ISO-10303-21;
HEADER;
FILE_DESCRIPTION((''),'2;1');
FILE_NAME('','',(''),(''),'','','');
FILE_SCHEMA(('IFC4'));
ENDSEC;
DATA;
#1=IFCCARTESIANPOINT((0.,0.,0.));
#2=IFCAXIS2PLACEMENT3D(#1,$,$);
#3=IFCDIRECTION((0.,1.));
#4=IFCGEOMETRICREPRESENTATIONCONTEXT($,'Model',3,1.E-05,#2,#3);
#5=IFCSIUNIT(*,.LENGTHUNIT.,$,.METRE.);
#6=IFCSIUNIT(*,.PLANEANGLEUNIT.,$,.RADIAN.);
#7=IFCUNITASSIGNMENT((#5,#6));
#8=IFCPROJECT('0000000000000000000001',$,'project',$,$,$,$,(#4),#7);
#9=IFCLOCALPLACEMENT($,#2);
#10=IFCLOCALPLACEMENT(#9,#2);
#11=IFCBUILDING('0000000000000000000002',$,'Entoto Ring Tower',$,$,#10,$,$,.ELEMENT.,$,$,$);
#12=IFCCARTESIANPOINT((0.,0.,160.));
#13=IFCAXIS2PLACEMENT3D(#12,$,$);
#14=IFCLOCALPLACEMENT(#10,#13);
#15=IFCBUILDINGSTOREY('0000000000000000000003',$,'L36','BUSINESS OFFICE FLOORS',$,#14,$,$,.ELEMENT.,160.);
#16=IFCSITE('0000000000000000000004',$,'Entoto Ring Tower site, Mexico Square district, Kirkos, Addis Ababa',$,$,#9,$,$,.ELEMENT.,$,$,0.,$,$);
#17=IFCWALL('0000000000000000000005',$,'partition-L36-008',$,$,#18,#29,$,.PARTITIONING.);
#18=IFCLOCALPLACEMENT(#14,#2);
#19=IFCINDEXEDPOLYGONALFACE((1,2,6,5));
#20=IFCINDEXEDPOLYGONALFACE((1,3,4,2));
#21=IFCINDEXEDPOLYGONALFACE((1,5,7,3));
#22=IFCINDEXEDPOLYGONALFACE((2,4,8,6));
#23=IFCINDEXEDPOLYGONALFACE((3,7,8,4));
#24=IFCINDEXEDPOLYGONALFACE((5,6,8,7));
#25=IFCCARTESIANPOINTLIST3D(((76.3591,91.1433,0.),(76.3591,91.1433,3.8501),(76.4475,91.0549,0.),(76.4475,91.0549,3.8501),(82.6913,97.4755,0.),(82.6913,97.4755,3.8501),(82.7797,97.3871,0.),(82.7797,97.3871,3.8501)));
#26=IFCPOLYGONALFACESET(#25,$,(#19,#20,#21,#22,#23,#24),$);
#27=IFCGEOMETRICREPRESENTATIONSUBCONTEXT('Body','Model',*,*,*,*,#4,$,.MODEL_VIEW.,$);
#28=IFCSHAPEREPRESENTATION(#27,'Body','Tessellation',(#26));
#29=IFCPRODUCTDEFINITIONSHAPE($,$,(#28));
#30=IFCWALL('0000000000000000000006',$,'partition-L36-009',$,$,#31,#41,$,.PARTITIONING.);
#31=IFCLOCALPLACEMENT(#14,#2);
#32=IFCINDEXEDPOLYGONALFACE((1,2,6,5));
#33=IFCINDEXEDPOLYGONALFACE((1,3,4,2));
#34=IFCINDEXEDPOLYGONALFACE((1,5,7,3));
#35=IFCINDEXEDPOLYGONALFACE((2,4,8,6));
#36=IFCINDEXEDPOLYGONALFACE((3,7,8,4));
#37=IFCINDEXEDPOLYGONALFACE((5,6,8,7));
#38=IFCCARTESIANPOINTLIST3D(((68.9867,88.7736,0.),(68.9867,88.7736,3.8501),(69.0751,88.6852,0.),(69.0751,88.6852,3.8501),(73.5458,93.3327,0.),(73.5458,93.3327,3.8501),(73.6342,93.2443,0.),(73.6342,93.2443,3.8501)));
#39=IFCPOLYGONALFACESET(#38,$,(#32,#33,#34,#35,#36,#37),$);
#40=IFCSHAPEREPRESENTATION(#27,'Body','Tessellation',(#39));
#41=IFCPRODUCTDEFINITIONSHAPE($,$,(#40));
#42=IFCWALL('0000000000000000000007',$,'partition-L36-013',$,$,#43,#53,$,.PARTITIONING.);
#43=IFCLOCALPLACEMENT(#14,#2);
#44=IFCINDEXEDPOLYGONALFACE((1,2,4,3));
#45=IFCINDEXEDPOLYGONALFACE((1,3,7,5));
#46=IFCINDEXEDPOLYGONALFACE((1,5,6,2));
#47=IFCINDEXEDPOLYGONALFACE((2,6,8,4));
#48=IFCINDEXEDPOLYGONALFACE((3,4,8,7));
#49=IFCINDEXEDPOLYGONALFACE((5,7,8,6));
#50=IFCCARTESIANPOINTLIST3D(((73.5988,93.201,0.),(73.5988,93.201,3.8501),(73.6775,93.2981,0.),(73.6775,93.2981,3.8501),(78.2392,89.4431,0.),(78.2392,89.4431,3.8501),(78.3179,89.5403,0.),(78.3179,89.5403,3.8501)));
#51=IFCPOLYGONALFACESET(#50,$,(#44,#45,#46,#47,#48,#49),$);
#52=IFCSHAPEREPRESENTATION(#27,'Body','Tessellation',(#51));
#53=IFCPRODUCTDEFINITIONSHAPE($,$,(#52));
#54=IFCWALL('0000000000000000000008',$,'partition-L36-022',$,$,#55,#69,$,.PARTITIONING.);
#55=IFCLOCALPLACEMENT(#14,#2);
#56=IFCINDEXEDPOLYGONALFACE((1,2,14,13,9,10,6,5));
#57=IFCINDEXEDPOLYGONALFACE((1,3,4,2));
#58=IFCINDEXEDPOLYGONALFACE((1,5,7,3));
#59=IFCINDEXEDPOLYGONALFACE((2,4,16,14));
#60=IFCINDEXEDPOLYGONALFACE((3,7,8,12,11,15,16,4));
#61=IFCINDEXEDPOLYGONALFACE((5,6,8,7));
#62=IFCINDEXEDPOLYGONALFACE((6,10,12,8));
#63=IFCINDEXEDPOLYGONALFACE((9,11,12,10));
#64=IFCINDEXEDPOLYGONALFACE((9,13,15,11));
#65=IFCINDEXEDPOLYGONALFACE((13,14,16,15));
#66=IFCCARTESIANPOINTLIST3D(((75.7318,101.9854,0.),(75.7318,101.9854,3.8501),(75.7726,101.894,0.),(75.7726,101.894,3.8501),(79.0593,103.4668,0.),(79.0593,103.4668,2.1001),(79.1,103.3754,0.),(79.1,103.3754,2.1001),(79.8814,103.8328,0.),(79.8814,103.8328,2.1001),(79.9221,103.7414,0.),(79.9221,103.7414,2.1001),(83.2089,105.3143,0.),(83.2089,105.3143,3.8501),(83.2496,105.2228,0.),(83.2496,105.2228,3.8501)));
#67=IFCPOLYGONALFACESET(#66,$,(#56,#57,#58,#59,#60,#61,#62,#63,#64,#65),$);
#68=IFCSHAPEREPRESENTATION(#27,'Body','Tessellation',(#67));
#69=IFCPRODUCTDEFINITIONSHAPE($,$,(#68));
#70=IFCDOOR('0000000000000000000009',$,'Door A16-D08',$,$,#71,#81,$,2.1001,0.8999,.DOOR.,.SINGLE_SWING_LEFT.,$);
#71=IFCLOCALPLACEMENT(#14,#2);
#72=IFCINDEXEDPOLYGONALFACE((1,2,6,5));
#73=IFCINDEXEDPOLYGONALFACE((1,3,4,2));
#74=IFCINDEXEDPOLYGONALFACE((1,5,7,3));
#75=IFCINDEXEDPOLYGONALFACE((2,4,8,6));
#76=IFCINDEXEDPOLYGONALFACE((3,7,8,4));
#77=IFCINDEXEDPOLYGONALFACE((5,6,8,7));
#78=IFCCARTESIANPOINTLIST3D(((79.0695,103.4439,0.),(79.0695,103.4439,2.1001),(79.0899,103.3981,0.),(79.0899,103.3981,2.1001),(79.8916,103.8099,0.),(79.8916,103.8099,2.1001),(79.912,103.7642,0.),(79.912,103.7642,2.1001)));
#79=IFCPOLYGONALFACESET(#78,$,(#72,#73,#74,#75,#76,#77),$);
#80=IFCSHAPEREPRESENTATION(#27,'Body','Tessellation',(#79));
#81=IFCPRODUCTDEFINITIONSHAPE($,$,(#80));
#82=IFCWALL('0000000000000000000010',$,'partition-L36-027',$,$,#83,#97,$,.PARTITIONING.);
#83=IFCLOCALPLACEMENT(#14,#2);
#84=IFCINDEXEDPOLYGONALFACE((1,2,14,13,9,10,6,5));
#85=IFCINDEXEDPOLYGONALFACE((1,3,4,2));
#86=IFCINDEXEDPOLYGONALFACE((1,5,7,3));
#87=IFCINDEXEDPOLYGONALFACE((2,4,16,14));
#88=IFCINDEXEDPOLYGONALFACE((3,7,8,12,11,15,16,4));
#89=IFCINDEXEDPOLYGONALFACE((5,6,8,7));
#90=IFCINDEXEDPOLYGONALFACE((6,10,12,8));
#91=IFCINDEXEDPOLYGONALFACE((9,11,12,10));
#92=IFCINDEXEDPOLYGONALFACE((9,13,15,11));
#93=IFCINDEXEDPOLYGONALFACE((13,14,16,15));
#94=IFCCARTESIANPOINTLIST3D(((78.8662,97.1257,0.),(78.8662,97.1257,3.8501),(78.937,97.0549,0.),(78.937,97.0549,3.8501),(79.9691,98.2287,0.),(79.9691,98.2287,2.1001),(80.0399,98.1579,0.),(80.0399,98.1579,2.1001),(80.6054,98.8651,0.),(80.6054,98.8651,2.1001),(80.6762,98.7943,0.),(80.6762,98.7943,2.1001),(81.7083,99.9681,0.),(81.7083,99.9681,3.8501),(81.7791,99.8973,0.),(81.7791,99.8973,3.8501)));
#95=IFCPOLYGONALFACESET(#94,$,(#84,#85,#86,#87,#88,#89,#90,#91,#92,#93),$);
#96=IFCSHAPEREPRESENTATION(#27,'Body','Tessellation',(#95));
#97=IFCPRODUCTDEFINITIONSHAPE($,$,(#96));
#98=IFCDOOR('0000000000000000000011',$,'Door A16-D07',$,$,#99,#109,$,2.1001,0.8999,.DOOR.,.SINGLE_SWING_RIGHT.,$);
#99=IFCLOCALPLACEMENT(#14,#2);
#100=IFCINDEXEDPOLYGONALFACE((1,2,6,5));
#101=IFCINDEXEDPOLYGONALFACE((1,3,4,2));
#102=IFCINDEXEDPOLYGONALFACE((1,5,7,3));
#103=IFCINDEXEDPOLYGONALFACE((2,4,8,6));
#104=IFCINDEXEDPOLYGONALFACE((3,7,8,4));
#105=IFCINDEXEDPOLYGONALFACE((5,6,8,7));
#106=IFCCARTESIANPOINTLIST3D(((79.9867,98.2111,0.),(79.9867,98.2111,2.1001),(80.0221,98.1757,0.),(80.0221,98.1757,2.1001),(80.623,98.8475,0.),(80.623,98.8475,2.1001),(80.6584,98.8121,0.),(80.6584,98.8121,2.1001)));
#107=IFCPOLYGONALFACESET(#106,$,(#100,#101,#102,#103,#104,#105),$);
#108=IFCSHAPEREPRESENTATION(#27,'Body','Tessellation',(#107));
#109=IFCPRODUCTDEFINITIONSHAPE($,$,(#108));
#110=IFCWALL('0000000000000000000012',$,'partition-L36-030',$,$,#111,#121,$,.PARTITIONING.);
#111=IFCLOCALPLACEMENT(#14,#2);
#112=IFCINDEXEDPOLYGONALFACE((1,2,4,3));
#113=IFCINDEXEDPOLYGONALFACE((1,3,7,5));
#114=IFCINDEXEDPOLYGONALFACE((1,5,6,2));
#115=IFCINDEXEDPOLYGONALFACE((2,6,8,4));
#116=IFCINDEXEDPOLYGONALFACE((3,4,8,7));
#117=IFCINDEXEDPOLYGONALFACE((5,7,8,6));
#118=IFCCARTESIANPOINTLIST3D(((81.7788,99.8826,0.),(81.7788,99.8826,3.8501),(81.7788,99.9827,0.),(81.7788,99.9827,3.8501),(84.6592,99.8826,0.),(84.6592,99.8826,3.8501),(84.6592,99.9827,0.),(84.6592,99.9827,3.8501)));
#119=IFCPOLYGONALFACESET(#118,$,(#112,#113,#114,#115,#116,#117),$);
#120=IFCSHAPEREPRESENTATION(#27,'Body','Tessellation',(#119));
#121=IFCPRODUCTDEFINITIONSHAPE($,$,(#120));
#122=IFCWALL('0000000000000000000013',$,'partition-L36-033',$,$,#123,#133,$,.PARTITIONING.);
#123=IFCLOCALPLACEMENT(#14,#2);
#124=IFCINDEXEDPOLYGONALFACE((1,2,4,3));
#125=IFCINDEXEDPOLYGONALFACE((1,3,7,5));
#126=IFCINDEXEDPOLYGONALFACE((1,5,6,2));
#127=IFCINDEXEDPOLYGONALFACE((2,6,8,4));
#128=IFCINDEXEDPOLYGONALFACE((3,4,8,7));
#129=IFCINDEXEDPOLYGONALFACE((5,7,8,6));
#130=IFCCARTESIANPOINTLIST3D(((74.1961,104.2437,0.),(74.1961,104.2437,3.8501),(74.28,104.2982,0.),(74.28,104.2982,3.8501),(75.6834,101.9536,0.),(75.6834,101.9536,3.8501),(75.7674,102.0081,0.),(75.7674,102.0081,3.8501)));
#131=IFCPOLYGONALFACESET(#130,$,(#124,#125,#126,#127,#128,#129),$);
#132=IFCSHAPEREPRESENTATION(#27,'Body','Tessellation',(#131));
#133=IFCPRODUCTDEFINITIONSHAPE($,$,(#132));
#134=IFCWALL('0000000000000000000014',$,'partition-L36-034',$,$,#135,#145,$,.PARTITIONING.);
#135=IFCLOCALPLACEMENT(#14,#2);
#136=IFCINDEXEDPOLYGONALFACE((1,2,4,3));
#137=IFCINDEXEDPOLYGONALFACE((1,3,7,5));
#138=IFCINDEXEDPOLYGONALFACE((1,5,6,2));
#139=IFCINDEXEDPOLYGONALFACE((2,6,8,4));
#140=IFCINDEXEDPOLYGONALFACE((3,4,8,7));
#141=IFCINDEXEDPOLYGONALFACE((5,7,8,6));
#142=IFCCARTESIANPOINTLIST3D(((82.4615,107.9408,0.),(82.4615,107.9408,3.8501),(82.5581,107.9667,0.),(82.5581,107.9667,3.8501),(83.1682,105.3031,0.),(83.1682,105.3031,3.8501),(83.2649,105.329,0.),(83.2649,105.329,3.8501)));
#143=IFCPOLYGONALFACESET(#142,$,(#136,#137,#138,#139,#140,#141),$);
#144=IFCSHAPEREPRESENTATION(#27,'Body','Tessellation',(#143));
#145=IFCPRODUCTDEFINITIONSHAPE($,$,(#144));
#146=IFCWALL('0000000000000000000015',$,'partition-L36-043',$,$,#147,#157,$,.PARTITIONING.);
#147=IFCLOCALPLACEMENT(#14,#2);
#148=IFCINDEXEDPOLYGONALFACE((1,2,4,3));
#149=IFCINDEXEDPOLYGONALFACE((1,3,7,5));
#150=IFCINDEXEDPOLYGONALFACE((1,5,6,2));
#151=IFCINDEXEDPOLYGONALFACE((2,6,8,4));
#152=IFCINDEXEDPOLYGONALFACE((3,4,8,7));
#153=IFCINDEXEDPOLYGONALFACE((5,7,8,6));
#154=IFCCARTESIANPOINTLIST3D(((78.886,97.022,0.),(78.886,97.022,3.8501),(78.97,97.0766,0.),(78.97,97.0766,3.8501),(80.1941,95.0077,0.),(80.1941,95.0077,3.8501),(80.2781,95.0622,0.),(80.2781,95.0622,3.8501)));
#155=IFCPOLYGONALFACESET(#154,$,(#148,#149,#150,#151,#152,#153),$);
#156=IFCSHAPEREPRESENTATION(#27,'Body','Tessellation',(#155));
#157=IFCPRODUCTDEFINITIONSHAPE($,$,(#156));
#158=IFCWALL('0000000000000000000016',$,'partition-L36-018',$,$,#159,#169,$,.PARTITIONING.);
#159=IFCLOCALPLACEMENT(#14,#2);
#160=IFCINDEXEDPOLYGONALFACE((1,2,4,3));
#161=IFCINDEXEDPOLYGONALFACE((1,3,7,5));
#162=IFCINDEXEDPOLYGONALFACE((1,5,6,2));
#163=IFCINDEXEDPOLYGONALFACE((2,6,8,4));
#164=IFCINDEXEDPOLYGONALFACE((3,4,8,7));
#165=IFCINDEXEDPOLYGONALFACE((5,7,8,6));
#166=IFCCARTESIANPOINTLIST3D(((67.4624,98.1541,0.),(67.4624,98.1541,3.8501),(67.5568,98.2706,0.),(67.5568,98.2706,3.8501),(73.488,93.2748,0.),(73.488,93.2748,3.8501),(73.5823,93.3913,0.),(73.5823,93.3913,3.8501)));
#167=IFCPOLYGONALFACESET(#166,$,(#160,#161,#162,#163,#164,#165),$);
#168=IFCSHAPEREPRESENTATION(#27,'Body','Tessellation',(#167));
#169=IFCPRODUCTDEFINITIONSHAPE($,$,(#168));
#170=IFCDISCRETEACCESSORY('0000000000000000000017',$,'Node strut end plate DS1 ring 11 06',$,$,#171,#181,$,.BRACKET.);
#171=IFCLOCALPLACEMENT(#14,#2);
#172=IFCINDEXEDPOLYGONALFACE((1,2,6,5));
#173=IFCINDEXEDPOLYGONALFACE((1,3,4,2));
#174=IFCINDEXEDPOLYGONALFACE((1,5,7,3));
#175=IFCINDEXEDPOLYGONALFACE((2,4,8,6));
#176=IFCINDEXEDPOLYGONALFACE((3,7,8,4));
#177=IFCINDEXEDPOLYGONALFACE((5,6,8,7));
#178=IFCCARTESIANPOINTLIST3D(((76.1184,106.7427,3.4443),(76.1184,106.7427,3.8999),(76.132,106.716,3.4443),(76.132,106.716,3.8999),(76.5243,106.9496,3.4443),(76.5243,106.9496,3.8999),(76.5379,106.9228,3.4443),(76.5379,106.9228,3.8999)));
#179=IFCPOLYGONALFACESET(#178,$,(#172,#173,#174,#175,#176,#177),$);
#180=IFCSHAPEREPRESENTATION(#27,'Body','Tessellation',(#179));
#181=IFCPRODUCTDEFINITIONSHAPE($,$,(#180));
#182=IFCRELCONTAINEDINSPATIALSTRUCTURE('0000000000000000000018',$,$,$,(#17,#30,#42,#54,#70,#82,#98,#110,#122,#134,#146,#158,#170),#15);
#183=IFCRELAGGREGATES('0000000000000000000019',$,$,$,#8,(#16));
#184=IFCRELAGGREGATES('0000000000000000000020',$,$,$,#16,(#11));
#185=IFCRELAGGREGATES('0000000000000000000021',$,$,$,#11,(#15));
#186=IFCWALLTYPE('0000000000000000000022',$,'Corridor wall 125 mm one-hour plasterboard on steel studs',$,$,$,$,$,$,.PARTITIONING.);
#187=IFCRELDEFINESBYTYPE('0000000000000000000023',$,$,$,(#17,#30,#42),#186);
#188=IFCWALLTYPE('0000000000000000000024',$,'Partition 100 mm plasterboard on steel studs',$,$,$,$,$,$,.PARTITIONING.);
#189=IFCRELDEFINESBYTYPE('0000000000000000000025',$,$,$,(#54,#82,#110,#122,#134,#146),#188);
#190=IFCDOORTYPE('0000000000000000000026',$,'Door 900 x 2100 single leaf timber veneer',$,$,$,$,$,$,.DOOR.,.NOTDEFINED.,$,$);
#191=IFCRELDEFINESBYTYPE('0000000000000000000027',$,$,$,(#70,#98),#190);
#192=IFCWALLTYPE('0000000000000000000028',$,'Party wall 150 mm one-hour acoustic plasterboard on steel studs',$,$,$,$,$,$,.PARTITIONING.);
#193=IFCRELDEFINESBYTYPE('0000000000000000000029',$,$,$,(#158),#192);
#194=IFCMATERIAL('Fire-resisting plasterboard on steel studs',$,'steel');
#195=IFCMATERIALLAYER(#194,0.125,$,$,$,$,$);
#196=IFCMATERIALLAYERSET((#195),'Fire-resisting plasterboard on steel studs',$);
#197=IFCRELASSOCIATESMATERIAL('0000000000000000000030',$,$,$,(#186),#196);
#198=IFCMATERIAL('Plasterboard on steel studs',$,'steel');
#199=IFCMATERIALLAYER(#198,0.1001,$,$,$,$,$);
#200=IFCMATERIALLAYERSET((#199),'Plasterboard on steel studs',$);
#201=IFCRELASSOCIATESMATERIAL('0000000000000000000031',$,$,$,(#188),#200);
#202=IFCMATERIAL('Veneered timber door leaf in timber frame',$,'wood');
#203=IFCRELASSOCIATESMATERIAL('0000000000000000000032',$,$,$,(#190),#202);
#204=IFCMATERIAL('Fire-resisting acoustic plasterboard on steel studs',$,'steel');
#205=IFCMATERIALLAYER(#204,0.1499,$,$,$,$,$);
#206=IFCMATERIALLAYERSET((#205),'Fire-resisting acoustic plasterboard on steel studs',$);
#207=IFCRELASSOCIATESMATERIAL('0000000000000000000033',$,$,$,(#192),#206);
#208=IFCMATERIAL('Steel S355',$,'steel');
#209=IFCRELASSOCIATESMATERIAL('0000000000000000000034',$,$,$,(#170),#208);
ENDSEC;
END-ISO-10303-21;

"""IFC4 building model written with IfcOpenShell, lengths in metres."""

from ifc_helpers import new_model, si_unit, direction, frame, frame_2d, origin, origin_2d, place, context, subcontext, project, spatial, rectangle, extrude, material, layer, layer_set, type_object, element, fill, save


model = new_model("IFC4")

# Units and contexts
model_context = context("Model", 3, precision=1e-05, world=origin(), true_north=direction((0.0, 1.0)))
body_context = subcontext(model_context, "Body", "Model", "MODEL_VIEW")
ifc_project = project(units=[si_unit("LENGTHUNIT", "METRE"), si_unit("PLANEANGLEUNIT", "RADIAN")], contexts=[model_context])

# Site, building, storey
site_placement = place(None, origin())
site = spatial("IfcSite", under=ifc_project, at=site_placement, Name="Entoto Ring Tower site, Mexico Square district, Kirkos, Addis Ababa", CompositionType="ELEMENT", RefElevation=0.0)
building_placement = place(site_placement, origin())
building = spatial("IfcBuilding", under=site, at=building_placement, Name="Entoto Ring Tower", CompositionType="ELEMENT")
storey_placement = place(building_placement, frame((0.0, 0.0, 160.0)))
storey = spatial("IfcBuildingStorey", under=building, at=storey_placement, Name="L36", Description="BUSINESS OFFICE FLOORS", CompositionType="ELEMENT", Elevation=160.0)

# Shared definitions
ifc_material_1 = material(Name="Fire-resisting plasterboard on steel studs", Category="steel")
ifc_layer_1 = layer(ifc_material_1, 0.125)
ifc_layer_set_1 = layer_set([ifc_layer_1], Name="Fire-resisting plasterboard on steel studs")
wall_type_1 = type_object("IfcWallType", Name="Corridor wall 125 mm one-hour plasterboard on steel studs", PredefinedType="PARTITIONING", material=ifc_layer_set_1)

# Walls
wall_1_placement = place(storey_placement, frame((76.4033, 91.0991, 0.0), z_axis=(0.0, 0.0, 1.0), x_axis=(0.707107, 0.707107, 0.0)))
element("IfcWall", 1, at=wall_1_placement, inside=storey, type_object=wall_type_1, Name="partition-L36-008", PredefinedType="PARTITIONING", context=body_context, shape_type="SweptSolid", body=[
    extrude(rectangle(XDim=8.9551, YDim=0.125, at=frame_2d((4.4775, 0.0))), origin(), (0.0, 0.0, 1.0), 3.8501),
])
wall_2_placement = place(storey_placement, frame((69.031, 88.7295, 0.0), z_axis=(0.0, 0.0, 1.0), x_axis=(0.707107, 0.707107, 0.0)))
element("IfcWall", 2, at=wall_2_placement, inside=storey, type_object=wall_type_1, Name="partition-L36-009", PredefinedType="PARTITIONING", context=body_context, shape_type="SweptSolid", body=[
    extrude(rectangle(XDim=6.4475, YDim=0.125, at=frame_2d((3.2236, 0.0))), origin(), (0.0, 0.0, 1.0), 3.8501),
])
wall_3_placement = place(storey_placement, frame((78.2786, 89.4917, 0.0), z_axis=(0.0, 0.0, 1.0), x_axis=(-0.777137, 0.629331, 0.0)))
element("IfcWall", 3, at=wall_3_placement, inside=storey, type_object=wall_type_1, Name="partition-L36-013", PredefinedType="PARTITIONING", context=body_context, shape_type="SweptSolid", body=[
    extrude(rectangle(XDim=5.9712, YDim=0.125, at=frame_2d((2.9856, 0.0))), origin(), (0.0, 0.0, 1.0), 3.8501),
])

# Walls, openings, doors
ifc_material_2 = material(Name="Plasterboard on steel studs", Category="steel")
ifc_layer_2 = layer(ifc_material_2, 0.1001)
ifc_layer_set_2 = layer_set([ifc_layer_2], Name="Plasterboard on steel studs")
wall_type_2 = type_object("IfcWallType", Name="Partition 100 mm plasterboard on steel studs", PredefinedType="PARTITIONING", material=ifc_layer_set_2)
wall_4_placement = place(storey_placement, frame((75.7522, 101.9397, 0.0), z_axis=(0.0, 0.0, 1.0), x_axis=(0.913552, 0.406722, 0.0)))
wall_4 = element("IfcWall", 4, at=wall_4_placement, inside=storey, type_object=wall_type_2, Name="partition-L36-022", PredefinedType="PARTITIONING", context=body_context, shape_type="SweptSolid", body=[
    extrude(rectangle(XDim=8.1846, YDim=0.1001, at=frame_2d((4.0923, 0.0))), origin(), (0.0, 0.0, 1.0), 3.8501),
])
opening_1_placement = place(wall_4_placement, frame((3.6423, 0.0, 0.0)))
opening_1 = element("IfcOpeningElement", 5, at=opening_1_placement, cuts=wall_4, PredefinedType="OPENING", context=body_context, shape_type="SweptSolid", body=[
    extrude(rectangle(XDim=0.8999, YDim=2.1001, at=frame_2d((0.45, 1.05))), frame((0.0, 0.0601, 0.0), z_axis=(0.0, -1.0, 0.0), x_axis=(1.0, 0.0, 0.0)), (0.0, 0.0, 1.0), 0.1201),
])
ifc_material_3 = material(Name="Veneered timber door leaf in timber frame", Category="wood")
door_type_1 = type_object("IfcDoorType", Name="Door 900 x 2100 single leaf timber veneer", OperationType="NOTDEFINED", PredefinedType="DOOR", material=ifc_material_3)
door_1_placement = place(opening_1_placement, origin())
door_1 = element("IfcDoor", 6, at=door_1_placement, inside=storey, type_object=door_type_1, Name="Door A16-D08", OperationType="SINGLE_SWING_LEFT", OverallHeight=2.1001, OverallWidth=0.8999, PredefinedType="DOOR", context=body_context, shape_type="SweptSolid", body=[
    extrude(rectangle(XDim=0.8999, YDim=2.1001, at=frame_2d((0.45, 1.05))), frame((0.0, 0.0249, 0.0), z_axis=(0.0, -1.0, 0.0), x_axis=(1.0, 0.0, 0.0)), (0.0, 0.0, 1.0), 0.05),
])
fill(opening_1, door_1)
wall_5_placement = place(storey_placement, frame((78.9016, 97.0903, 0.0), z_axis=(0.0, 0.0, 1.0), x_axis=(0.707076, 0.707137, 0.0)))
wall_5 = element("IfcWall", 7, at=wall_5_placement, inside=storey, type_object=wall_type_2, Name="partition-L36-027", PredefinedType="PARTITIONING", context=body_context, shape_type="SweptSolid", body=[
    extrude(rectangle(XDim=4.0195, YDim=0.1001, at=frame_2d((2.0098, 0.0))), origin(), (0.0, 0.0, 1.0), 3.8501),
])
opening_2_placement = place(wall_5_placement, frame((1.5598, 0.0, 0.0)))
opening_2 = element("IfcOpeningElement", 8, at=opening_2_placement, cuts=wall_5, PredefinedType="OPENING", context=body_context, shape_type="SweptSolid", body=[
    extrude(rectangle(XDim=0.8999, YDim=2.1001, at=frame_2d((0.45, 1.05))), frame((0.0, 0.0601, 0.0), z_axis=(0.0, -1.0, 0.0), x_axis=(1.0, 0.0, 0.0)), (0.0, 0.0, 1.0), 0.1201),
])
door_2_placement = place(opening_2_placement, frame((0.8999, 0.0, 0.0), z_axis=(0.0, 0.0, 1.0), x_axis=(-1.0, 0.0, 0.0)))
door_2 = element("IfcDoor", 9, at=door_2_placement, inside=storey, type_object=door_type_1, Name="Door A16-D07", OperationType="SINGLE_SWING_RIGHT", OverallHeight=2.1001, OverallWidth=0.8999, PredefinedType="DOOR", context=body_context, shape_type="SweptSolid", body=[
    extrude(rectangle(XDim=0.8999, YDim=2.1001, at=frame_2d((0.45, 1.05))), frame((0.0, 0.0249, 0.0), z_axis=(0.0, -1.0, 0.0), x_axis=(1.0, 0.0, 0.0)), (0.0, 0.0, 1.0), 0.05),
])
fill(opening_2, door_2)

# Walls
wall_6_placement = place(storey_placement, frame((81.7788, 99.9326, 0.0), z_axis=(0.0, 0.0, 1.0), x_axis=(1.0, 0.0, 0.0)))
element("IfcWall", 10, at=wall_6_placement, inside=storey, type_object=wall_type_2, Name="partition-L36-030", PredefinedType="PARTITIONING", context=body_context, shape_type="SweptSolid", body=[
    extrude(rectangle(XDim=2.8804, YDim=0.1001, at=frame_2d((1.4402, 0.0))), origin(), (0.0, 0.0, 1.0), 3.8501),
])
for number, where, z_axis, x_axis, name in (
    (11, (75.7253, 101.981, 0.0), (0.0, 0.0, 1.0), (-0.544674, 0.838648, 0.0), "partition-L36-033"),
    (12, (83.2166, 105.3162, 0.0), (0.0, 0.0, 1.0), (-0.258825, 0.965924, 0.0), "partition-L36-034"),
):
    element("IfcWall", number, at=place(storey_placement, frame(where, z_axis=z_axis, x_axis=x_axis)), inside=storey, type_object=wall_type_2, Name=name, PredefinedType="PARTITIONING", context=body_context, shape_type="SweptSolid", body=[
        extrude(rectangle(XDim=2.7307, YDim=0.1001, at=frame_2d((1.3652, 0.0))), origin(), (0.0, 0.0, 1.0), 3.8501),
    ])
wall_7_placement = place(storey_placement, frame((80.2361, 95.0349, 0.0), z_axis=(0.0, 0.0, 1.0), x_axis=(-0.54462, 0.838683, 0.0)))
element("IfcWall", 13, at=wall_7_placement, inside=storey, type_object=wall_type_2, Name="partition-L36-043", PredefinedType="PARTITIONING", context=body_context, shape_type="SweptSolid", body=[
    extrude(rectangle(XDim=2.4019, YDim=0.1001, at=frame_2d((1.2009, 0.0))), origin(), (0.0, 0.0, 1.0), 3.8501),
])
ifc_material_4 = material(Name="Fire-resisting acoustic plasterboard on steel studs", Category="steel")
ifc_layer_3 = layer(ifc_material_4, 0.1499)
ifc_layer_set_3 = layer_set([ifc_layer_3], Name="Fire-resisting acoustic plasterboard on steel studs")
wall_type_3 = type_object("IfcWallType", Name="Party wall 150 mm one-hour acoustic plasterboard on steel studs", PredefinedType="PARTITIONING", material=ifc_layer_set_3)
wall_8_placement = place(storey_placement, frame((73.5352, 93.333, 0.0), z_axis=(0.0, 0.0, 1.0), x_axis=(-0.77715, 0.629315, 0.0)))
element("IfcWall", 14, at=wall_8_placement, inside=storey, type_object=wall_type_3, Name="partition-L36-018", PredefinedType="PARTITIONING", context=body_context, shape_type="SweptSolid", body=[
    extrude(rectangle(XDim=7.7534, YDim=0.1499, at=frame_2d((3.8767, 0.0))), origin(), (0.0, 0.0, 1.0), 3.8501),
])

# Discrete accessory
ifc_material_5 = material(Name="Steel S355", Category="steel")
for number, where, z_axis, x_axis, name in (
    (15, (76.3281, 106.8328, 3.4443), (0.0, 0.0, 1.0), (-0.45399, 0.891007, 0.0), "Node strut end plate DS1 ring 11 06"),
):
    element("IfcDiscreteAccessory", number, at=place(storey_placement, frame(where, z_axis=z_axis, x_axis=x_axis)), inside=storey, material=ifc_material_5, Name=name, PredefinedType="BRACKET", context=body_context, shape_type="SweptSolid", body=[
        extrude(rectangle(XDim=0.03, YDim=0.4556, at=origin_2d()), origin(), (0.0, 0.0, 1.0), 0.4556),
    ])

save(model, "model.ifc")
